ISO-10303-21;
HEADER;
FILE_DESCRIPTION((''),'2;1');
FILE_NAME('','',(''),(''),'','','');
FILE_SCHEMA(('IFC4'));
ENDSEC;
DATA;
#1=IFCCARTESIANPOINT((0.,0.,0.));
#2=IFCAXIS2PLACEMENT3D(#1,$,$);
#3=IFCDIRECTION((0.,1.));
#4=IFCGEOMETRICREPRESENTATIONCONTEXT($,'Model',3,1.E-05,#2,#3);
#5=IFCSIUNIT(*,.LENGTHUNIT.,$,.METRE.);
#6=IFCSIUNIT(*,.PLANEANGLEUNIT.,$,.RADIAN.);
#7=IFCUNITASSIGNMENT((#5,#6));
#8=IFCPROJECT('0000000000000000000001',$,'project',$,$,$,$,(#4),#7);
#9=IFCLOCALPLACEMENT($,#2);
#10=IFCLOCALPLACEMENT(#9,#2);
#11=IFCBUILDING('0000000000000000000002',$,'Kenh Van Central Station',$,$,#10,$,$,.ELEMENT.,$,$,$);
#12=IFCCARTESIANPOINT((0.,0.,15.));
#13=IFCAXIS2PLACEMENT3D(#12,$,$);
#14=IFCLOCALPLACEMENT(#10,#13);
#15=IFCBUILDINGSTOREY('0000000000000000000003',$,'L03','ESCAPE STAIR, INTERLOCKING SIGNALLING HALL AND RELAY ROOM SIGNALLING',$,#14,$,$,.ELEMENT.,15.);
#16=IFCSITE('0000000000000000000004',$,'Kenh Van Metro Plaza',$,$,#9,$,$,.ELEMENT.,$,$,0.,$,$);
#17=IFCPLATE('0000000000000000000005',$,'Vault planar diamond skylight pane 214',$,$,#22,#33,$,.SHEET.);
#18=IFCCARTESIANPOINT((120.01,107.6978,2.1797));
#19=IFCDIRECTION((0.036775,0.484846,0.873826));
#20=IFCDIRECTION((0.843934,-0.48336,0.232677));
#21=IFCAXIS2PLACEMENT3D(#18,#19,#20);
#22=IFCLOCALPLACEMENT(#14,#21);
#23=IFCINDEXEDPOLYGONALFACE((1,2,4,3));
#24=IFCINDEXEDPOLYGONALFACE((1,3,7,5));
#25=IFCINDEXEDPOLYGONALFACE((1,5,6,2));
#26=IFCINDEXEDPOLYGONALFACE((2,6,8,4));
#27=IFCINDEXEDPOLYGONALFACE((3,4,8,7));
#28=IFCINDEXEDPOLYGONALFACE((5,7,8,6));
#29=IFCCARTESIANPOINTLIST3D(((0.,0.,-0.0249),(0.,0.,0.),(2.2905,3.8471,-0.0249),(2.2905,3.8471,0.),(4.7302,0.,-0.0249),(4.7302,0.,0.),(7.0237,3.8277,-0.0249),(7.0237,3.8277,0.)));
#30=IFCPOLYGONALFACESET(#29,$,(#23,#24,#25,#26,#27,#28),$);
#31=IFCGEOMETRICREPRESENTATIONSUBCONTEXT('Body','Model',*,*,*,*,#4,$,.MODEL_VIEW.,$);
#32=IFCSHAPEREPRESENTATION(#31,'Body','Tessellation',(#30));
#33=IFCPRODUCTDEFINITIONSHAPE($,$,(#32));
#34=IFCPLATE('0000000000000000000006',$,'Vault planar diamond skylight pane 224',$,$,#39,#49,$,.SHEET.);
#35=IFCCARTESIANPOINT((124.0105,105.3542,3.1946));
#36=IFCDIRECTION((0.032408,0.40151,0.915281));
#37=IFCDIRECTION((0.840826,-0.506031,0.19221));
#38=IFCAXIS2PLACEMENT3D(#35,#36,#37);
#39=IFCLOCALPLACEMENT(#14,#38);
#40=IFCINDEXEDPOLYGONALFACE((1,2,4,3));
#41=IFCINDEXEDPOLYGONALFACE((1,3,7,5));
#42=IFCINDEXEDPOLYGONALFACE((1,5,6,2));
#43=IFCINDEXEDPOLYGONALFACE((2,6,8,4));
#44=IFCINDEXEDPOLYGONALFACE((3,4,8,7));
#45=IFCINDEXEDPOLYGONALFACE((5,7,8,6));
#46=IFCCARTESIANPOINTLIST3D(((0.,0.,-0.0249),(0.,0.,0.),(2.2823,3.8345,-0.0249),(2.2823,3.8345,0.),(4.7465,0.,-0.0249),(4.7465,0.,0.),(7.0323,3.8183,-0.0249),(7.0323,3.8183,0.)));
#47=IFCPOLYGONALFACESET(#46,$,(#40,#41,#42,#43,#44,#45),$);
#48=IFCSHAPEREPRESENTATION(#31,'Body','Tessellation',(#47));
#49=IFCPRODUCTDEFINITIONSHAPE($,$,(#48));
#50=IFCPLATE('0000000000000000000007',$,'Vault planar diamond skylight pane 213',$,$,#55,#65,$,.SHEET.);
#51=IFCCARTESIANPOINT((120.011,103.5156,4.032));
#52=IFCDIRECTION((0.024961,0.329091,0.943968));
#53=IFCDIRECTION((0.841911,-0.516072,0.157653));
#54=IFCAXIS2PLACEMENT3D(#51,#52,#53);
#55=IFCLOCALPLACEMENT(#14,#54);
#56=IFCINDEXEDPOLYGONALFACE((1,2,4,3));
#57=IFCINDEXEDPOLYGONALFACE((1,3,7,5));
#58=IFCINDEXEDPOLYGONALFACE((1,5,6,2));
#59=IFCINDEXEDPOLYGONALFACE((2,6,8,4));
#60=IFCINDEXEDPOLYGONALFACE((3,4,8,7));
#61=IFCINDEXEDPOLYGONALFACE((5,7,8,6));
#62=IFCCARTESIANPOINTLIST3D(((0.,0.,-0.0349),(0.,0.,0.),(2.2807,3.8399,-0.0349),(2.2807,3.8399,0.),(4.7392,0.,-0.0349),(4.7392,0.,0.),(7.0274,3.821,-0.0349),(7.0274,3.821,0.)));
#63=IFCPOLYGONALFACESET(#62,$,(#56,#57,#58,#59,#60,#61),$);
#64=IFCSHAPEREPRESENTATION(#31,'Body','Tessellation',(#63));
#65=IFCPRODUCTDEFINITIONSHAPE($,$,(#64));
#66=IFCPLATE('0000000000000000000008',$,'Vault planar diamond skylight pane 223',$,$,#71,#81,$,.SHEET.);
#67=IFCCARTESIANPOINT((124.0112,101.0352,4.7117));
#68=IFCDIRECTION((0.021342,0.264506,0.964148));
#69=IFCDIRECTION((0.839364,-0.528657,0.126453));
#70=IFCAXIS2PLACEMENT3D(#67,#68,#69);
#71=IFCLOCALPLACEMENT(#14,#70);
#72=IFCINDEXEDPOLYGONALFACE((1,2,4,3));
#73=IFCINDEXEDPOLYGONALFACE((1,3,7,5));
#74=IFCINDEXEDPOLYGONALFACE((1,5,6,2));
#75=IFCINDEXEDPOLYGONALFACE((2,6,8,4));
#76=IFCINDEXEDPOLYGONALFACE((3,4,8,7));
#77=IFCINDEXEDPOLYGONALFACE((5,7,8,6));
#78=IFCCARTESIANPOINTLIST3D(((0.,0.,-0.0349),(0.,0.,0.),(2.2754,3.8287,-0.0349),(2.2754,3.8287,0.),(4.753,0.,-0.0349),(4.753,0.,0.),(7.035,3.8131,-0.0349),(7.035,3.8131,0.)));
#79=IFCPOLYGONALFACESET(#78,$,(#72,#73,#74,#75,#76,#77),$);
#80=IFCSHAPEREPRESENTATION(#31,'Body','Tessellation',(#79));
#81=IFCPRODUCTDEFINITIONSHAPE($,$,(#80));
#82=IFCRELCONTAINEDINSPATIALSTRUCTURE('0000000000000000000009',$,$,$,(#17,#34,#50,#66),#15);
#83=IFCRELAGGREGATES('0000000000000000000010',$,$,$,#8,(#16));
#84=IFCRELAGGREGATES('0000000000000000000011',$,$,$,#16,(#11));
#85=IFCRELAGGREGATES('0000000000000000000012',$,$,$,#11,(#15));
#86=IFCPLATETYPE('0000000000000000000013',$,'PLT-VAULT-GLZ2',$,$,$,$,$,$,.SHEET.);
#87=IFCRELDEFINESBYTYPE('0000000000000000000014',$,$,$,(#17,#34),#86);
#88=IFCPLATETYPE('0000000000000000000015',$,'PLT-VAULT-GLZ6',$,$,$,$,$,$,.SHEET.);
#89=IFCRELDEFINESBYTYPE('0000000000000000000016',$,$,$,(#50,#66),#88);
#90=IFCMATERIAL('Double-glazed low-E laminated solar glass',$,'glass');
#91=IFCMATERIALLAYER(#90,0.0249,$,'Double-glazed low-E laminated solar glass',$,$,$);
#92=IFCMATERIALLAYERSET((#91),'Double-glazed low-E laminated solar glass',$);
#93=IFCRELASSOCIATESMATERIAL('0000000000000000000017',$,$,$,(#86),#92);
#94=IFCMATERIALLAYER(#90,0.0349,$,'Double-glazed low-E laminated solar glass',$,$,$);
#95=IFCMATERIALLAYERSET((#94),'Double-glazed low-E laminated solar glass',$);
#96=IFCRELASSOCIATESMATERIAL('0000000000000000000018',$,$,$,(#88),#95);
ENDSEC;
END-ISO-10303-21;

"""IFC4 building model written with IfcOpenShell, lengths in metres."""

from ifc_helpers import new_model, si_unit, direction, frame, origin, place, context, subcontext, project, spatial, polyline, outline, extrude, material, layer, layer_set, type_object, element, save


model = new_model("IFC4")

# Units and contexts
model_context = context("Model", 3, precision=1e-05, world=origin(), true_north=direction((0.0, 1.0)))
body_context = subcontext(model_context, "Body", "Model", "MODEL_VIEW")
ifc_project = project(units=[si_unit("LENGTHUNIT", "METRE"), si_unit("PLANEANGLEUNIT", "RADIAN")], contexts=[model_context])

# Site, building, storey
site_placement = place(None, origin())
site = spatial("IfcSite", under=ifc_project, at=site_placement, Name="Kenh Van Metro Plaza", CompositionType="ELEMENT", RefElevation=0.0)
building_placement = place(site_placement, origin())
building = spatial("IfcBuilding", under=site, at=building_placement, Name="Kenh Van Central Station", CompositionType="ELEMENT")
storey_placement = place(building_placement, frame((0.0, 0.0, 15.0)))
storey = spatial("IfcBuildingStorey", under=building, at=storey_placement, Name="L03", Description="ESCAPE STAIR, INTERLOCKING SIGNALLING HALL AND RELAY ROOM SIGNALLING", CompositionType="ELEMENT", Elevation=15.0)

# Plates
ifc_material_1 = material(Name="Double-glazed low-E laminated solar glass", Category="glass")
ifc_layer_1 = layer(ifc_material_1, 0.0249, Name="Double-glazed low-E laminated solar glass")
ifc_layer_set_1 = layer_set([ifc_layer_1], Name="Double-glazed low-E laminated solar glass")
plate_type_1 = type_object("IfcPlateType", Name="PLT-VAULT-GLZ2", PredefinedType="SHEET", material=ifc_layer_set_1)
plate_1_placement = place(storey_placement, frame((120.01, 107.6978, 2.1797), z_axis=(0.036775, 0.484846, 0.873826), x_axis=(0.843934, -0.48336, 0.232677)))
element("IfcPlate", 1, at=plate_1_placement, inside=storey, type_object=plate_type_1, Name="Vault planar diamond skylight pane 214", PredefinedType="SHEET", context=body_context, shape_type="SweptSolid", body=[
    extrude(outline(polyline([(0.0, 0.0), (4.7302, 0.0), (7.0237, 3.8277), (2.2905, 3.8471), (0.0, 0.0)])), origin(), (0.0, 0.0, -1.0), 0.0249),
])
plate_2_placement = place(storey_placement, frame((124.0105, 105.3542, 3.1946), z_axis=(0.032408, 0.40151, 0.915281), x_axis=(0.840826, -0.506031, 0.19221)))
element("IfcPlate", 2, at=plate_2_placement, inside=storey, type_object=plate_type_1, Name="Vault planar diamond skylight pane 224", PredefinedType="SHEET", context=body_context, shape_type="SweptSolid", body=[
    extrude(outline(polyline([(0.0, 0.0), (4.7465, 0.0), (7.0323, 3.8183), (2.2823, 3.8345), (0.0, 0.0)])), origin(), (0.0, 0.0, -1.0), 0.0249),
])
ifc_layer_2 = layer(ifc_material_1, 0.0349, Name="Double-glazed low-E laminated solar glass")
ifc_layer_set_2 = layer_set([ifc_layer_2], Name="Double-glazed low-E laminated solar glass")
plate_type_2 = type_object("IfcPlateType", Name="PLT-VAULT-GLZ6", PredefinedType="SHEET", material=ifc_layer_set_2)
plate_3_placement = place(storey_placement, frame((120.011, 103.5156, 4.032), z_axis=(0.024961, 0.329091, 0.943968), x_axis=(0.841911, -0.516072, 0.157653)))
element("IfcPlate", 3, at=plate_3_placement, inside=storey, type_object=plate_type_2, Name="Vault planar diamond skylight pane 213", PredefinedType="SHEET", context=body_context, shape_type="SweptSolid", body=[
    extrude(outline(polyline([(0.0, 0.0), (4.7392, 0.0), (7.0274, 3.821), (2.2807, 3.8399), (0.0, 0.0)])), origin(), (0.0, 0.0, -1.0), 0.0349),
])
plate_4_placement = place(storey_placement, frame((124.0112, 101.0352, 4.7117), z_axis=(0.021342, 0.264506, 0.964148), x_axis=(0.839364, -0.528657, 0.126453)))
element("IfcPlate", 4, at=plate_4_placement, inside=storey, type_object=plate_type_2, Name="Vault planar diamond skylight pane 223", PredefinedType="SHEET", context=body_context, shape_type="SweptSolid", body=[
    extrude(outline(polyline([(0.0, 0.0), (4.753, 0.0), (7.035, 3.8131), (2.2754, 3.8287), (0.0, 0.0)])), origin(), (0.0, 0.0, -1.0), 0.0349),
])

save(model, "model.ifc")
